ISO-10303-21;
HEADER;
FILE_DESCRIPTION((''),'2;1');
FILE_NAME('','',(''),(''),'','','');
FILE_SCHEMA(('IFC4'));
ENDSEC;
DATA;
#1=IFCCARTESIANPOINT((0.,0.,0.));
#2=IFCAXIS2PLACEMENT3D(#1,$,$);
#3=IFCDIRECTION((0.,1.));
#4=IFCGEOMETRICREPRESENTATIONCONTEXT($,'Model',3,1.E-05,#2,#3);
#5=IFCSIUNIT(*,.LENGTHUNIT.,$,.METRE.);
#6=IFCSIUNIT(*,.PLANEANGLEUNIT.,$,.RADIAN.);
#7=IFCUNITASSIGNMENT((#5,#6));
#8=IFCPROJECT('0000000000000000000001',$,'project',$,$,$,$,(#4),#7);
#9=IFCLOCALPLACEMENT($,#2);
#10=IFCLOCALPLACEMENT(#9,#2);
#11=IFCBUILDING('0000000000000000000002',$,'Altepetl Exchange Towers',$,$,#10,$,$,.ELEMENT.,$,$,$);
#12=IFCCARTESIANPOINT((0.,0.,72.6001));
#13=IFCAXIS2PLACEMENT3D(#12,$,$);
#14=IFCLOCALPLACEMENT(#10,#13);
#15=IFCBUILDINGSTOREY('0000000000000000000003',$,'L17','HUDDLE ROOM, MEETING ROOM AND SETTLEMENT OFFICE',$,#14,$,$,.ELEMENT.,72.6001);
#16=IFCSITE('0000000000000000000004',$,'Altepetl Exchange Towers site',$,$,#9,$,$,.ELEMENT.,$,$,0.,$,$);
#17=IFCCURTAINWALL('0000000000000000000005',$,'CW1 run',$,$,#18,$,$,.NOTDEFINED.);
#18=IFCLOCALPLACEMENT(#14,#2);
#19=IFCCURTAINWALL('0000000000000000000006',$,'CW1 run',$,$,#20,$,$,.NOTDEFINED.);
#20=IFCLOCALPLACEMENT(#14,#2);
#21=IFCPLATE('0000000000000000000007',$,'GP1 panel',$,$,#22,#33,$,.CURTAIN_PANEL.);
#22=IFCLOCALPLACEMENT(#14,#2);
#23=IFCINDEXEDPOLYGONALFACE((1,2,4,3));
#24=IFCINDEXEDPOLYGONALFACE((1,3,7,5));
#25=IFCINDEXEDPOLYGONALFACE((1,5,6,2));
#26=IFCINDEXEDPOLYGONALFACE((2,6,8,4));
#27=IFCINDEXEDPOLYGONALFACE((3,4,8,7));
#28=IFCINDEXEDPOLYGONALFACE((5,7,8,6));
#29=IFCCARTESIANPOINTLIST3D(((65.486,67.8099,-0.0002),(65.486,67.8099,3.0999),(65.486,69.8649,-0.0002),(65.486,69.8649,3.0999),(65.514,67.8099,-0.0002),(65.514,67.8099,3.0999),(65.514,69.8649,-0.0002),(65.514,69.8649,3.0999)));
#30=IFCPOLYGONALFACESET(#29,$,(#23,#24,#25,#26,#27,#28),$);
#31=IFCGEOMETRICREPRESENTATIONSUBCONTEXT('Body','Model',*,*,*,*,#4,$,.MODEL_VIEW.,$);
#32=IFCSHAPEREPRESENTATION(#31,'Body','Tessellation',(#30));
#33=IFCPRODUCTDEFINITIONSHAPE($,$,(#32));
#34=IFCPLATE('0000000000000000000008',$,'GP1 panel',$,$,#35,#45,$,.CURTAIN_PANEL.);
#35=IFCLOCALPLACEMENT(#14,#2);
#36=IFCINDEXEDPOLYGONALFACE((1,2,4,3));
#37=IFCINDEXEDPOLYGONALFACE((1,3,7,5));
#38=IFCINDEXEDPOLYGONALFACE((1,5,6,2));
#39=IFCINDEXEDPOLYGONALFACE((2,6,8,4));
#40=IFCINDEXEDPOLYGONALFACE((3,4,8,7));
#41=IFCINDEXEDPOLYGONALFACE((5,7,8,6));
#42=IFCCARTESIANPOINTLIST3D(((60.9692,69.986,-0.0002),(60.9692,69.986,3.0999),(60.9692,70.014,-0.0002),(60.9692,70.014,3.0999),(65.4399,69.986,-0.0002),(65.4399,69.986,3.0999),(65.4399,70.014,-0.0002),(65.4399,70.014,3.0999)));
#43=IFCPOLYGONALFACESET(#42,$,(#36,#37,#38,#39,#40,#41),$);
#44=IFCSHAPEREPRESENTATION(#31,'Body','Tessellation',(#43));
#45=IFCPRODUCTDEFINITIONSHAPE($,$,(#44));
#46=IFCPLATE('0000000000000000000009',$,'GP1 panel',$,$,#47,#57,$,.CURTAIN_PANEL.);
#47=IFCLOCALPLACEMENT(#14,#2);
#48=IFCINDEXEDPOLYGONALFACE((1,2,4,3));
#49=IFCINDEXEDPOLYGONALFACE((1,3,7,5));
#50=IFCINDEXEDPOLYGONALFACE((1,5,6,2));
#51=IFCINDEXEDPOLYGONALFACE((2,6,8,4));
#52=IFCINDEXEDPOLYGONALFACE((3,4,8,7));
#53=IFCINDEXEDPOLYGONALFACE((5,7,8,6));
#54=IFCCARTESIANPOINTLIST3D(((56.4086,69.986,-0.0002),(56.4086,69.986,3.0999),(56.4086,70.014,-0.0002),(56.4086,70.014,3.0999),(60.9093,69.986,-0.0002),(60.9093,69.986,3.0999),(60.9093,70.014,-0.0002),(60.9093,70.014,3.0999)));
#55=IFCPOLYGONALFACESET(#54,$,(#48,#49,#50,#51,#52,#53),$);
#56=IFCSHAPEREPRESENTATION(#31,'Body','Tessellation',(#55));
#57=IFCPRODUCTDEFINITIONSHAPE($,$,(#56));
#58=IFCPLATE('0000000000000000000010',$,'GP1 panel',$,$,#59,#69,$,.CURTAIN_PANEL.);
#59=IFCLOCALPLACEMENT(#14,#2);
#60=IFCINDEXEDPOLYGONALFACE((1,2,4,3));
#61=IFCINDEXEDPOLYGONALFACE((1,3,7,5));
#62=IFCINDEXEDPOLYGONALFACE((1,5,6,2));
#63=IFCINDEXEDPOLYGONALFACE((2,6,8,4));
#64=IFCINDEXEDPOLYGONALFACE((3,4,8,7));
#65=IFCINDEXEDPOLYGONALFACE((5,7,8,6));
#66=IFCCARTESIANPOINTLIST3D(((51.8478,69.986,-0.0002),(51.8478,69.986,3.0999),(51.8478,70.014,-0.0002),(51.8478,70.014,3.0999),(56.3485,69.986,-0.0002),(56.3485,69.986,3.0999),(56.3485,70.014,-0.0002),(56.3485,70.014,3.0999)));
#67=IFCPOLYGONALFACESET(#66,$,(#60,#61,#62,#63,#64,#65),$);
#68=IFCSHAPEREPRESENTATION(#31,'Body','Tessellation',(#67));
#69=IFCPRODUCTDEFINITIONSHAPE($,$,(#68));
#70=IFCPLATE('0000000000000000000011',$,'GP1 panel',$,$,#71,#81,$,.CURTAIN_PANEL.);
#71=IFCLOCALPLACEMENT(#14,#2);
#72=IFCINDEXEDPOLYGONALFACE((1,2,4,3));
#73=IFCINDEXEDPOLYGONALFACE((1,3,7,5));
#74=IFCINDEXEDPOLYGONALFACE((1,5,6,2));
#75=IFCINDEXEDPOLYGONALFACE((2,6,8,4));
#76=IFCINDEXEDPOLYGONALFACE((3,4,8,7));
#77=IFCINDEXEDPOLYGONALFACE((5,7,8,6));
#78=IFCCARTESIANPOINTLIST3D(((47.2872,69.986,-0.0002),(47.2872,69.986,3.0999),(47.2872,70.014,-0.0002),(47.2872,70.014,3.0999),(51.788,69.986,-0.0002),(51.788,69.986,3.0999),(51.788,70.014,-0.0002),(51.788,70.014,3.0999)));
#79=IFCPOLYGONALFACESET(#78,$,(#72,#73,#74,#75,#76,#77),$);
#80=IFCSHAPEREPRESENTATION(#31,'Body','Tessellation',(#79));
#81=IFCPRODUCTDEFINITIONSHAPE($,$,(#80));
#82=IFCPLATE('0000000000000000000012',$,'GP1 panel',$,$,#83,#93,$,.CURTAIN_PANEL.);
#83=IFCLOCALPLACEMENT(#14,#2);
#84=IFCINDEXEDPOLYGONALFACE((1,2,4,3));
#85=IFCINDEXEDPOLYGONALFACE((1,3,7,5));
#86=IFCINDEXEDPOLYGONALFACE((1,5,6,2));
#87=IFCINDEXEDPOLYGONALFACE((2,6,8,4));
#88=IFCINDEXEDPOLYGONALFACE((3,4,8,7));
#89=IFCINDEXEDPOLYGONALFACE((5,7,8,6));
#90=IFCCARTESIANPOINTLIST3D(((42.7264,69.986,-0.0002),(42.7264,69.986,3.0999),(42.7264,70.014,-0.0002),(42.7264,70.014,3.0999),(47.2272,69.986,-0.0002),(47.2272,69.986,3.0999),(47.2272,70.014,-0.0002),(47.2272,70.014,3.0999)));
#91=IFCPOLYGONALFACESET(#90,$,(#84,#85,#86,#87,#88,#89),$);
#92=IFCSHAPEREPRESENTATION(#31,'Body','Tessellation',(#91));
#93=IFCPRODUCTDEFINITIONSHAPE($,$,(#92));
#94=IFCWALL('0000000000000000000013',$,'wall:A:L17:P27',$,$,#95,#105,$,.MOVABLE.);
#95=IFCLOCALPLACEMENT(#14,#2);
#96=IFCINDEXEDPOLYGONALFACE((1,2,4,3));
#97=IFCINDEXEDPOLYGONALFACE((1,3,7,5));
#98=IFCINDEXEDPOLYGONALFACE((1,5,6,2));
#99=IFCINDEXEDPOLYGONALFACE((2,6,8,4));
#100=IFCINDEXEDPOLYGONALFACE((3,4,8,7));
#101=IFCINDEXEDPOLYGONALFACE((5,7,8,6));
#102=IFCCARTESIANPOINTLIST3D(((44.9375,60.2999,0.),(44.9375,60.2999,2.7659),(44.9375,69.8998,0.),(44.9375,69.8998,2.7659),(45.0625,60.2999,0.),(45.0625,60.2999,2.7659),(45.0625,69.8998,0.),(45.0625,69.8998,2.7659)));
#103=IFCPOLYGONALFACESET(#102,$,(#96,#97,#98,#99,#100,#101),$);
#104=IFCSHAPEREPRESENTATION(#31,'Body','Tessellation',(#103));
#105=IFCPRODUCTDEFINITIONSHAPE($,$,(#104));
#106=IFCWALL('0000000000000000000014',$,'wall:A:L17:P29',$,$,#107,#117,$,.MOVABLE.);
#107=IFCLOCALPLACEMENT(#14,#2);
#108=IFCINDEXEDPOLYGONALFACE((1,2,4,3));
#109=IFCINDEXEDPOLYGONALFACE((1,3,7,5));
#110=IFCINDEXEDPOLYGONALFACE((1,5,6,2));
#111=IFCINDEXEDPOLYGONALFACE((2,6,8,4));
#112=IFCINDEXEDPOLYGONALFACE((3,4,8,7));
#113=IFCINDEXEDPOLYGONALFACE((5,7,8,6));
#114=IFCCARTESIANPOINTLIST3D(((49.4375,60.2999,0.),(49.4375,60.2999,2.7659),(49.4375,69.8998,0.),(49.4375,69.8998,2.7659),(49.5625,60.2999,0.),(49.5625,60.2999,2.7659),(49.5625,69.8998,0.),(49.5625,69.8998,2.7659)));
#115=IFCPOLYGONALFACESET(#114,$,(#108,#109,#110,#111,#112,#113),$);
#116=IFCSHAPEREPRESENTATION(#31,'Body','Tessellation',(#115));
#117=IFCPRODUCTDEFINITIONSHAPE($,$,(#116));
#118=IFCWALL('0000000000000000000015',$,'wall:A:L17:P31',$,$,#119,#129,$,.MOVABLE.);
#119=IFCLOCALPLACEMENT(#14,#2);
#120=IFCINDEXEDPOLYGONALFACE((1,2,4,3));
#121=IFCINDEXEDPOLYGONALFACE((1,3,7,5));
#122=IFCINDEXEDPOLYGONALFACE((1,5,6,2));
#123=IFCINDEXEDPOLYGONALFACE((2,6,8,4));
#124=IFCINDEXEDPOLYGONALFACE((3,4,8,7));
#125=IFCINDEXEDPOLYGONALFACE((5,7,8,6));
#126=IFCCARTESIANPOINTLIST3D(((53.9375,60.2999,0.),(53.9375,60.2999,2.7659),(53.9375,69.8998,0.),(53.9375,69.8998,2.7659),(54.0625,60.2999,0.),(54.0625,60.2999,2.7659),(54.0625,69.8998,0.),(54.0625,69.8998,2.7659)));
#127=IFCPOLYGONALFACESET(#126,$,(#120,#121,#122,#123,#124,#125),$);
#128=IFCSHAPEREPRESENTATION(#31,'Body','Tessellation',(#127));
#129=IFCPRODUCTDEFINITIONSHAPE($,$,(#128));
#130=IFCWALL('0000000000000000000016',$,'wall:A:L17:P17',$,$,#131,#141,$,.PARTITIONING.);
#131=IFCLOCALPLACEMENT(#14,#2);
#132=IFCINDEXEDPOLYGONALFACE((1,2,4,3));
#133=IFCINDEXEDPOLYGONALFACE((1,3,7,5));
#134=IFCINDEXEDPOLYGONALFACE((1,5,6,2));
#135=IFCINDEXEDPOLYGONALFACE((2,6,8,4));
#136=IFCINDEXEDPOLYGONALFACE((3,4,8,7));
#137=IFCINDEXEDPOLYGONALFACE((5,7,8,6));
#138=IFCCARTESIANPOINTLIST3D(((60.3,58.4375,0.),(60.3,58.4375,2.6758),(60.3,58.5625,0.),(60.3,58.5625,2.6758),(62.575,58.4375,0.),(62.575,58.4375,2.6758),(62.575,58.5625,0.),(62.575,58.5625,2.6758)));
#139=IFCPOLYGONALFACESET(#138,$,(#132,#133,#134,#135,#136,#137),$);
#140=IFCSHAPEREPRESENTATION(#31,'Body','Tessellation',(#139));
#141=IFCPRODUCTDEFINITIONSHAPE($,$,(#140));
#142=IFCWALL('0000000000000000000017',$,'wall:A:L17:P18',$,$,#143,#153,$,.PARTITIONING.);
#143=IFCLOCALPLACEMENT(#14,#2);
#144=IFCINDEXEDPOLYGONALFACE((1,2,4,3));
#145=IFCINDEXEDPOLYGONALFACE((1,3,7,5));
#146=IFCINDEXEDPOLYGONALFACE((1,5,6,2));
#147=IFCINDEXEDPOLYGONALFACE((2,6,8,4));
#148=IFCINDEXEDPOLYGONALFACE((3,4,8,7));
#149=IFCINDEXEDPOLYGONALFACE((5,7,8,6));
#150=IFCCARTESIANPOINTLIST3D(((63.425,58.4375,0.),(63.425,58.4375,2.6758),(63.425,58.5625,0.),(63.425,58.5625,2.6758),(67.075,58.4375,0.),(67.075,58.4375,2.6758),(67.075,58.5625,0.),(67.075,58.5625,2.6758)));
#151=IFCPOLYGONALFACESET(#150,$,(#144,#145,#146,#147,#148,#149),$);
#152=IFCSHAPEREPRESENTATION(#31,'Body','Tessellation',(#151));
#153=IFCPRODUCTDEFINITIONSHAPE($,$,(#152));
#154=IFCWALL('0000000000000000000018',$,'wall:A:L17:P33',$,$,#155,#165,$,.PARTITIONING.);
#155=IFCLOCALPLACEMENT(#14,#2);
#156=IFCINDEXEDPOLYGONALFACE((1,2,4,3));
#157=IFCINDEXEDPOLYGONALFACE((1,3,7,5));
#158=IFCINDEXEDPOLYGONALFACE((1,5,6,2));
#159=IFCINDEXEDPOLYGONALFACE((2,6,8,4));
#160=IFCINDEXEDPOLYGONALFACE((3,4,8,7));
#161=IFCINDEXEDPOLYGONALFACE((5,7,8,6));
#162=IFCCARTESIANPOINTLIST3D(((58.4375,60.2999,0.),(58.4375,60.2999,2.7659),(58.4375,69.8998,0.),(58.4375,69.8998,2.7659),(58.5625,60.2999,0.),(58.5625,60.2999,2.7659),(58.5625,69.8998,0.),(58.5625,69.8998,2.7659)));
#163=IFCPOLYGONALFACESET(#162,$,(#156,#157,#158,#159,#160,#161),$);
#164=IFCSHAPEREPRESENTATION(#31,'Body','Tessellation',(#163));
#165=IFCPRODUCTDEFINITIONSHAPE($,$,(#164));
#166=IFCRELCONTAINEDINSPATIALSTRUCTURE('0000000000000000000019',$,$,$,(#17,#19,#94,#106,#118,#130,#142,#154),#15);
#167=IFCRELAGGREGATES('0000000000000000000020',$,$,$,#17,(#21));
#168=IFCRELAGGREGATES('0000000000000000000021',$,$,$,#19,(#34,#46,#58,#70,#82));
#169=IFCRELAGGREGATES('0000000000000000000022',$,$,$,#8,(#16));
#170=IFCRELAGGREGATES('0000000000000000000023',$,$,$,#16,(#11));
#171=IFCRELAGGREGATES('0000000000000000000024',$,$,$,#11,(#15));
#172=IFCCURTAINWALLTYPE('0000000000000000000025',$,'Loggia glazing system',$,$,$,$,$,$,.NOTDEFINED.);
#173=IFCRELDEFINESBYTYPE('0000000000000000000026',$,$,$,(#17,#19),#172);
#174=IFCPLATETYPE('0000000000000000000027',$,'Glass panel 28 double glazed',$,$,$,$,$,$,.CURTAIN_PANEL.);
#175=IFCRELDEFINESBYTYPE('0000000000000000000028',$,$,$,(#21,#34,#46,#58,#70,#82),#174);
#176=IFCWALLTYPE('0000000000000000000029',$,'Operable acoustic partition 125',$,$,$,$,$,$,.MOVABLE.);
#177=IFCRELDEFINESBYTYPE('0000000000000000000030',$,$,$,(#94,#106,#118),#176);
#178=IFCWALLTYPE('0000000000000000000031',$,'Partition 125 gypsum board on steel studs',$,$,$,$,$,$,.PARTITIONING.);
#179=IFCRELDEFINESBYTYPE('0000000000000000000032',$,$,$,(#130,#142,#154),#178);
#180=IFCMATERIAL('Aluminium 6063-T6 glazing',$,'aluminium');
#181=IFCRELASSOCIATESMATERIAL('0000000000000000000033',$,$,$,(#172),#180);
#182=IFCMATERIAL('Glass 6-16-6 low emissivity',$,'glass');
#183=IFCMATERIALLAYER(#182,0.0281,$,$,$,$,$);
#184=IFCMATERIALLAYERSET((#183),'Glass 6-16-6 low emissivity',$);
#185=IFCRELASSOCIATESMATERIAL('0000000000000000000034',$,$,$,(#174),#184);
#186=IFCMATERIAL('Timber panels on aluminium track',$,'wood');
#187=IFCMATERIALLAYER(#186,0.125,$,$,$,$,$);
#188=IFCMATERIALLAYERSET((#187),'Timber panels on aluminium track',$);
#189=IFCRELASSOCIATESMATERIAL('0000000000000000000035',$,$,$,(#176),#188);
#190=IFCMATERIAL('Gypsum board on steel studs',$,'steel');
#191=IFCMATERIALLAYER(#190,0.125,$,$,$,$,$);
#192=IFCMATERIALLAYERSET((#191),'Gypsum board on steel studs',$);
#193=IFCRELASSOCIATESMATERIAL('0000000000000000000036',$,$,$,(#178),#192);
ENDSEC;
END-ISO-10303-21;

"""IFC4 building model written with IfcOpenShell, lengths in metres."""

from ifc_helpers import new_model, si_unit, direction, frame, frame_2d, origin, origin_2d, place, context, subcontext, project, spatial, rectangle, extrude, material, layer, layer_set, type_object, element, aggregate, save


model = new_model("IFC4")

# Units and contexts
model_context = context("Model", 3, precision=1e-05, world=origin(), true_north=direction((0.0, 1.0)))
body_context = subcontext(model_context, "Body", "Model", "MODEL_VIEW")
ifc_project = project(units=[si_unit("LENGTHUNIT", "METRE"), si_unit("PLANEANGLEUNIT", "RADIAN")], contexts=[model_context])

# Site, building, storey
site_placement = place(None, origin())
site = spatial("IfcSite", under=ifc_project, at=site_placement, Name="Altepetl Exchange Towers site", CompositionType="ELEMENT", RefElevation=0.0)
building_placement = place(site_placement, origin())
building = spatial("IfcBuilding", under=site, at=building_placement, Name="Altepetl Exchange Towers", CompositionType="ELEMENT")
storey_placement = place(building_placement, frame((0.0, 0.0, 72.6001)))
storey = spatial("IfcBuildingStorey", under=building, at=storey_placement, Name="L17", Description="HUDDLE ROOM, MEETING ROOM AND SETTLEMENT OFFICE", CompositionType="ELEMENT", Elevation=72.6001)

# Shared definitions
ifc_material_1 = material(Name="Aluminium 6063-T6 glazing", Category="aluminium")
curtain_wall_type = type_object("IfcCurtainWallType", Name="Loggia glazing system", PredefinedType="NOTDEFINED", material=ifc_material_1)

# Curtain walls
curtain_wall_1_placement = place(storey_placement, origin())
curtain_wall_1 = element("IfcCurtainWall", 1, at=curtain_wall_1_placement, inside=storey, type_object=curtain_wall_type, Name="CW1 run", PredefinedType="NOTDEFINED")
curtain_wall_2_placement = place(storey_placement, origin())
curtain_wall_2 = element("IfcCurtainWall", 2, at=curtain_wall_2_placement, inside=storey, type_object=curtain_wall_type, Name="CW1 run", PredefinedType="NOTDEFINED")

# Plates
ifc_material_2 = material(Name="Glass 6-16-6 low emissivity", Category="glass")
ifc_layer_1 = layer(ifc_material_2, 0.0281)
ifc_layer_set_1 = layer_set([ifc_layer_1], Name="Glass 6-16-6 low emissivity")
plate_type = type_object("IfcPlateType", Name="Glass panel 28 double glazed", PredefinedType="CURTAIN_PANEL", material=ifc_layer_set_1)
plate_1_placement = place(storey_placement, frame((65.5, 68.8374, -0.0002), z_axis=(0.0, 0.0, 1.0), x_axis=(0.0, 1.0, 0.0)))
plate_1 = element("IfcPlate", 3, at=plate_1_placement, type_object=plate_type, Name="GP1 panel", PredefinedType="CURTAIN_PANEL", context=body_context, shape_type="SweptSolid", body=[
    extrude(rectangle(XDim=2.0549, YDim=0.0281, at=origin_2d()), origin(), (0.0, 0.0, 1.0), 3.1001),
])
aggregate(curtain_wall_1, [plate_1])
plate_2_placement = place(storey_placement, frame((63.2046, 70.0, -0.0002), z_axis=(0.0, 0.0, 1.0), x_axis=(-1.0, 0.0, 0.0)))
plate_2 = element("IfcPlate", 4, at=plate_2_placement, type_object=plate_type, Name="GP1 panel", PredefinedType="CURTAIN_PANEL", context=body_context, shape_type="SweptSolid", body=[
    extrude(rectangle(XDim=4.4707, YDim=0.0281, at=origin_2d()), origin(), (0.0, 0.0, 1.0), 3.1001),
])
plate_3_placement = place(storey_placement, frame((58.6589, 70.0, -0.0002), z_axis=(0.0, 0.0, 1.0), x_axis=(-1.0, 0.0, 0.0)))
plate_3 = element("IfcPlate", 5, at=plate_3_placement, type_object=plate_type, Name="GP1 panel", PredefinedType="CURTAIN_PANEL", context=body_context, shape_type="SweptSolid", body=[
    extrude(rectangle(XDim=4.5007, YDim=0.0281, at=origin_2d()), origin(), (0.0, 0.0, 1.0), 3.1001),
])
plate_4_placement = place(storey_placement, frame((54.0981, 70.0, -0.0002), z_axis=(0.0, 0.0, 1.0), x_axis=(-1.0, 0.0, 0.0)))
plate_4 = element("IfcPlate", 6, at=plate_4_placement, type_object=plate_type, Name="GP1 panel", PredefinedType="CURTAIN_PANEL", context=body_context, shape_type="SweptSolid", body=[
    extrude(rectangle(XDim=4.5007, YDim=0.0281, at=origin_2d()), origin(), (0.0, 0.0, 1.0), 3.1001),
])
plate_5_placement = place(storey_placement, frame((49.5376, 70.0, -0.0002), z_axis=(0.0, 0.0, 1.0), x_axis=(-1.0, 0.0, 0.0)))
plate_5 = element("IfcPlate", 7, at=plate_5_placement, type_object=plate_type, Name="GP1 panel", PredefinedType="CURTAIN_PANEL", context=body_context, shape_type="SweptSolid", body=[
    extrude(rectangle(XDim=4.5007, YDim=0.0281, at=origin_2d()), origin(), (0.0, 0.0, 1.0), 3.1001),
])
plate_6_placement = place(storey_placement, frame((44.9768, 70.0, -0.0002), z_axis=(0.0, 0.0, 1.0), x_axis=(-1.0, 0.0, 0.0)))
plate_6 = element("IfcPlate", 8, at=plate_6_placement, type_object=plate_type, Name="GP1 panel", PredefinedType="CURTAIN_PANEL", context=body_context, shape_type="SweptSolid", body=[
    extrude(rectangle(XDim=4.5007, YDim=0.0281, at=origin_2d()), origin(), (0.0, 0.0, 1.0), 3.1001),
])
aggregate(curtain_wall_2, [plate_2, plate_3, plate_4, plate_5, plate_6])

# Walls
ifc_material_3 = material(Name="Timber panels on aluminium track", Category="wood")
ifc_layer_2 = layer(ifc_material_3, 0.125)
ifc_layer_set_2 = layer_set([ifc_layer_2], Name="Timber panels on aluminium track")
wall_type_1 = type_object("IfcWallType", Name="Operable acoustic partition 125", PredefinedType="MOVABLE", material=ifc_layer_set_2)
for number, where, z_axis, x_axis, name in (
    (9, (45.0, 60.3, 0.0), (0.0, 0.0, 1.0), (0.0, 1.0, 0.0), "wall:A:L17:P27"),
    (10, (49.5, 60.3, 0.0), (0.0, 0.0, 1.0), (0.0, 1.0, 0.0), "wall:A:L17:P29"),
    (11, (54.0, 60.3, 0.0), (0.0, 0.0, 1.0), (0.0, 1.0, 0.0), "wall:A:L17:P31"),
):
    element("IfcWall", number, at=place(storey_placement, frame(where, z_axis=z_axis, x_axis=x_axis)), inside=storey, type_object=wall_type_1, Name=name, PredefinedType="MOVABLE", context=body_context, shape_type="SweptSolid", body=[
        extrude(rectangle(XDim=9.5999, YDim=0.125, at=frame_2d((4.7998, 0.0))), origin(), (0.0, 0.0, 1.0), 2.7659),
    ])
ifc_material_4 = material(Name="Gypsum board on steel studs", Category="steel")
ifc_layer_3 = layer(ifc_material_4, 0.125)
ifc_layer_set_3 = layer_set([ifc_layer_3], Name="Gypsum board on steel studs")
wall_type_2 = type_object("IfcWallType", Name="Partition 125 gypsum board on steel studs", PredefinedType="PARTITIONING", material=ifc_layer_set_3)
wall_1_placement = place(storey_placement, frame((60.3, 58.5, 0.0)))
element("IfcWall", 12, at=wall_1_placement, inside=storey, type_object=wall_type_2, Name="wall:A:L17:P17", PredefinedType="PARTITIONING", context=body_context, shape_type="SweptSolid", body=[
    extrude(rectangle(XDim=2.2749, YDim=0.125, at=frame_2d((1.1375, 0.0))), origin(), (0.0, 0.0, 1.0), 2.6758),
])
wall_2_placement = place(storey_placement, frame((63.425, 58.5, 0.0)))
element("IfcWall", 13, at=wall_2_placement, inside=storey, type_object=wall_type_2, Name="wall:A:L17:P18", PredefinedType="PARTITIONING", context=body_context, shape_type="SweptSolid", body=[
    extrude(rectangle(XDim=3.6499, YDim=0.125, at=frame_2d((1.825, 0.0))), origin(), (0.0, 0.0, 1.0), 2.6758),
])
wall_3_placement = place(storey_placement, frame((58.5, 60.3, 0.0), z_axis=(0.0, 0.0, 1.0), x_axis=(0.0, 1.0, 0.0)))
element("IfcWall", 14, at=wall_3_placement, inside=storey, type_object=wall_type_2, Name="wall:A:L17:P33", PredefinedType="PARTITIONING", context=body_context, shape_type="SweptSolid", body=[
    extrude(rectangle(XDim=9.5999, YDim=0.125, at=frame_2d((4.7998, 0.0))), origin(), (0.0, 0.0, 1.0), 2.7659),
])

save(model, "model.ifc")
